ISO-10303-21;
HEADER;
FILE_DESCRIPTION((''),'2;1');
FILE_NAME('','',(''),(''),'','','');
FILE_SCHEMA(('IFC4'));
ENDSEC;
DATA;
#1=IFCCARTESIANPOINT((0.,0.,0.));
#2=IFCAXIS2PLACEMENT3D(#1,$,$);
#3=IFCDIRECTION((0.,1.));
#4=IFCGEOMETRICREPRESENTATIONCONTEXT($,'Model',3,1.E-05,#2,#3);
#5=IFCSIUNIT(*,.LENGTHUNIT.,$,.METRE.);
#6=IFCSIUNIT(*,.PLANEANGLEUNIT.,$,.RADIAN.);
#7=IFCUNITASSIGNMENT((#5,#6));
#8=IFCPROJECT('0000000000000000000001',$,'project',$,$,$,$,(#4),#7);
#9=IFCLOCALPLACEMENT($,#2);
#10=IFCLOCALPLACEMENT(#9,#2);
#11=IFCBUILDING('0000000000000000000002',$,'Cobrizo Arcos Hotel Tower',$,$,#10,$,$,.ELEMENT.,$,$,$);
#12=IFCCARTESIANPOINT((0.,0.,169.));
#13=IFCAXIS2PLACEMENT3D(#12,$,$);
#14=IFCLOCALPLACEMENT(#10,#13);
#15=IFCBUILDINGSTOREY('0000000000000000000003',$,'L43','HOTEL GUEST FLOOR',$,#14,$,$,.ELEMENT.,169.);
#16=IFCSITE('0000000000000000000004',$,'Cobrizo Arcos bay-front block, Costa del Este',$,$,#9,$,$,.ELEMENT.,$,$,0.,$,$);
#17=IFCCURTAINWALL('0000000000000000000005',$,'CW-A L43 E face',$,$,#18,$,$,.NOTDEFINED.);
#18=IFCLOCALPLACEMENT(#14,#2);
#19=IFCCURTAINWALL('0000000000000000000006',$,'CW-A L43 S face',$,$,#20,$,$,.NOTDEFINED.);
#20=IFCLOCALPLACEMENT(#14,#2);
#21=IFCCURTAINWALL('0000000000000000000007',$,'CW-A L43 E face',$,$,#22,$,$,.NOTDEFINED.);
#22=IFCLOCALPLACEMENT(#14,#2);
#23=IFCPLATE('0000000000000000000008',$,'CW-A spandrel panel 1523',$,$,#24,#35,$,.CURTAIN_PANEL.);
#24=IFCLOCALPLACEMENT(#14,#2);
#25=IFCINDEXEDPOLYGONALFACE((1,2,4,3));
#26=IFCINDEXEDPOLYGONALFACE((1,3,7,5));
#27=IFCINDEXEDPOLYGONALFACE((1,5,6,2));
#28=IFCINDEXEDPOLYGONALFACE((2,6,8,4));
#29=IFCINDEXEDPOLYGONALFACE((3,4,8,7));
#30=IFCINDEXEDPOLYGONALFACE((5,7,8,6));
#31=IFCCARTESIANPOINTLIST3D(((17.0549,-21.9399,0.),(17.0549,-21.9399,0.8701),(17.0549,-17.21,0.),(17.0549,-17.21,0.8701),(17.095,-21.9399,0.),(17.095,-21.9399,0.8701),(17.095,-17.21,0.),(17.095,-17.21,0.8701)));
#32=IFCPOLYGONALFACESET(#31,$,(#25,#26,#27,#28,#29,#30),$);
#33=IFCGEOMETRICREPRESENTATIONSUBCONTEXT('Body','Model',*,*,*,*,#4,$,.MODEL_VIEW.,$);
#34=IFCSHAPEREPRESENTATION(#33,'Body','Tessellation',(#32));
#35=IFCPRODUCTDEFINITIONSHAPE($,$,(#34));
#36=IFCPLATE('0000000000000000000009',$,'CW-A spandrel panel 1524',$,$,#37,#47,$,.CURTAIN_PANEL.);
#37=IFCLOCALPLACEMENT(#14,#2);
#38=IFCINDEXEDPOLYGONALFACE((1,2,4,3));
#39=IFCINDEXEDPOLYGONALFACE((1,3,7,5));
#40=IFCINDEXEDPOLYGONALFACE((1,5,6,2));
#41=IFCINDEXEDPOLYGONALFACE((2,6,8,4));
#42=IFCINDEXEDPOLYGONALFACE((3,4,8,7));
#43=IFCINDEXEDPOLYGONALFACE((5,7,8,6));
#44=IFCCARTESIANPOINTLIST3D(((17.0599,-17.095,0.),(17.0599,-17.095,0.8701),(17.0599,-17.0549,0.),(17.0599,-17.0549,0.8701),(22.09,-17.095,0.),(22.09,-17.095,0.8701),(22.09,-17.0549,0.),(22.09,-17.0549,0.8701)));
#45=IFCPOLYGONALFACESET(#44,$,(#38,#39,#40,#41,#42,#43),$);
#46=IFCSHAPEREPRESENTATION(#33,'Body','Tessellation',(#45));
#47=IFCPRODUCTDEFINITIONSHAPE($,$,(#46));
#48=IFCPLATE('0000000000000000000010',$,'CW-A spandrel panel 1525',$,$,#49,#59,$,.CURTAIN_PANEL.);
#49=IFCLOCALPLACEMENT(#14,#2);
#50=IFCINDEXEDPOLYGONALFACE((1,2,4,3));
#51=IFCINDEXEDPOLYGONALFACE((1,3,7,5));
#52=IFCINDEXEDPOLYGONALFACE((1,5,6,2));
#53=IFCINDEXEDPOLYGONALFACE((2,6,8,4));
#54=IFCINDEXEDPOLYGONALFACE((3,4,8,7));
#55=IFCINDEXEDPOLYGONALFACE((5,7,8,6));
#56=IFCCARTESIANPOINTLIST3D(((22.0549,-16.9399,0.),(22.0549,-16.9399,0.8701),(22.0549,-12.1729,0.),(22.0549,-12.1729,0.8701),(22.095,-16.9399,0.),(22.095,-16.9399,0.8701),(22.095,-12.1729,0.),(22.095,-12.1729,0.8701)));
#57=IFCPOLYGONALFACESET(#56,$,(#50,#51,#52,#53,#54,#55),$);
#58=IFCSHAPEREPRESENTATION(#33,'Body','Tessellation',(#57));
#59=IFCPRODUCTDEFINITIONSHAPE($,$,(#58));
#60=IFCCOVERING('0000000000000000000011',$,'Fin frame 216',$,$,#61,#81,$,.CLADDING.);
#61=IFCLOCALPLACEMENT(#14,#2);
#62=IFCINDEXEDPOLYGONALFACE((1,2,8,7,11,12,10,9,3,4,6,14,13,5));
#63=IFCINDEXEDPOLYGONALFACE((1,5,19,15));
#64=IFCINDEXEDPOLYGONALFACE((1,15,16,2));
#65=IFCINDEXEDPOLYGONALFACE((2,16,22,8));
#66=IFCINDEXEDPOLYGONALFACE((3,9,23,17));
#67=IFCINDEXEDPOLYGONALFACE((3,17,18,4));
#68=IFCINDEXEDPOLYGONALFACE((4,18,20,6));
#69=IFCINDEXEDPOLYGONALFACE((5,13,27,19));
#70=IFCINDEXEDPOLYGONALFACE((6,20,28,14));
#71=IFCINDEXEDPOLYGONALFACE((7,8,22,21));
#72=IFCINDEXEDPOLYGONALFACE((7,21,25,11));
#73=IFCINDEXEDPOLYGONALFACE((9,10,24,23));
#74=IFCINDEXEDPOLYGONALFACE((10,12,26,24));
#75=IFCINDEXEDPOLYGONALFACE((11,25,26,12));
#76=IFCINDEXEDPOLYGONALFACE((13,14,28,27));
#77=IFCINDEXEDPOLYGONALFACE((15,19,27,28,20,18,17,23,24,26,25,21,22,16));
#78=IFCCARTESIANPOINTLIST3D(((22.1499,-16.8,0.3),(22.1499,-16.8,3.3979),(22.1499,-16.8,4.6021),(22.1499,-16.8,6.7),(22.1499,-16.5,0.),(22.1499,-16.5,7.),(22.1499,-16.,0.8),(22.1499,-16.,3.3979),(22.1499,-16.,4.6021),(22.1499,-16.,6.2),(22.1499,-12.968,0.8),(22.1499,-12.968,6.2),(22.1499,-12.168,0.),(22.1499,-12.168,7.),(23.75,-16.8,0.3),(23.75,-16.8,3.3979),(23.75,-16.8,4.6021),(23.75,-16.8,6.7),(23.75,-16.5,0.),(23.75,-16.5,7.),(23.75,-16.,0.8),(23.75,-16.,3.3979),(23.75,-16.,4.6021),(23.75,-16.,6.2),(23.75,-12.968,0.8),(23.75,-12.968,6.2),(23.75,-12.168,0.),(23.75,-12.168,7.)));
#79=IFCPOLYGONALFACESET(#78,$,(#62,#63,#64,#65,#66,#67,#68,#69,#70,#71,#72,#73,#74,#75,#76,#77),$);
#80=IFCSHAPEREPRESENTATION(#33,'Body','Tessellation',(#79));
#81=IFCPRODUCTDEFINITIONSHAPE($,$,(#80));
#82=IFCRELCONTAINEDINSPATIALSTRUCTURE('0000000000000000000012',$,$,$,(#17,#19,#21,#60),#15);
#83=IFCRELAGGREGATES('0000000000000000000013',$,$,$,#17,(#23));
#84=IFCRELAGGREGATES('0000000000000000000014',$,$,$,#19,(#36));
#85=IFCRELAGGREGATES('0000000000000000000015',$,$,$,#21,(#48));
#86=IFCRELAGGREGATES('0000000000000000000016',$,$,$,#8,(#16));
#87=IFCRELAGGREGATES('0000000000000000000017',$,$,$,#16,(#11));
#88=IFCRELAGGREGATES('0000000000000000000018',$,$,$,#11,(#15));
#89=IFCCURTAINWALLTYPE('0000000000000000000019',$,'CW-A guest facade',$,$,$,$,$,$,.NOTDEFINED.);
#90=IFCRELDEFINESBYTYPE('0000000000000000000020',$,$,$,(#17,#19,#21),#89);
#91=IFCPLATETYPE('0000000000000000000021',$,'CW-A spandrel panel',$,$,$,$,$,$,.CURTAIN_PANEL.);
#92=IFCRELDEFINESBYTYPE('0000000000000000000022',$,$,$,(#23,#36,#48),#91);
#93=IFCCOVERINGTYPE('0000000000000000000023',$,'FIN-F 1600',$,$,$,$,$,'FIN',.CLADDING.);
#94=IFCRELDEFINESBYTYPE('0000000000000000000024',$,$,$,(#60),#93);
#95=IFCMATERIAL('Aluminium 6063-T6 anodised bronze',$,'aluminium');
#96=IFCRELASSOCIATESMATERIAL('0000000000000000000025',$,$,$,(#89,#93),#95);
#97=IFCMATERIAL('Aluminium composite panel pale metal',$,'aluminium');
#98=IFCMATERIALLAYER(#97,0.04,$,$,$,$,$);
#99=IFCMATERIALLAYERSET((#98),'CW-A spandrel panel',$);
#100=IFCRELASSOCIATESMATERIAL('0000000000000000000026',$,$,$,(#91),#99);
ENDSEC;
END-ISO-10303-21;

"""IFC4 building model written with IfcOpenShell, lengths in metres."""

from ifc_helpers import new_model, si_unit, direction, frame, origin, origin_2d, place, context, subcontext, project, spatial, polyline, rectangle, outline, extrude, material, layer, layer_set, type_object, element, aggregate, save


model = new_model("IFC4")

# Units and contexts
model_context = context("Model", 3, precision=1e-05, world=origin(), true_north=direction((0.0, 1.0)))
body_context = subcontext(model_context, "Body", "Model", "MODEL_VIEW")
ifc_project = project(units=[si_unit("LENGTHUNIT", "METRE"), si_unit("PLANEANGLEUNIT", "RADIAN")], contexts=[model_context])

# Site, building, storey
site_placement = place(None, origin())
site = spatial("IfcSite", under=ifc_project, at=site_placement, Name="Cobrizo Arcos bay-front block, Costa del Este", CompositionType="ELEMENT", RefElevation=0.0)
building_placement = place(site_placement, origin())
building = spatial("IfcBuilding", under=site, at=building_placement, Name="Cobrizo Arcos Hotel Tower", CompositionType="ELEMENT")
storey_placement = place(building_placement, frame((0.0, 0.0, 169.0)))
storey = spatial("IfcBuildingStorey", under=building, at=storey_placement, Name="L43", Description="HOTEL GUEST FLOOR", CompositionType="ELEMENT", Elevation=169.0)

# Shared definitions
ifc_material_1 = material(Name="Aluminium 6063-T6 anodised bronze", Category="aluminium")
curtain_wall_type = type_object("IfcCurtainWallType", Name="CW-A guest facade", PredefinedType="NOTDEFINED", material=ifc_material_1)

# Curtain walls
curtain_wall_1_placement = place(storey_placement, origin())
curtain_wall_1 = element("IfcCurtainWall", 1, at=curtain_wall_1_placement, inside=storey, type_object=curtain_wall_type, Name="CW-A L43 E face", PredefinedType="NOTDEFINED")
curtain_wall_2_placement = place(storey_placement, origin())
curtain_wall_2 = element("IfcCurtainWall", 2, at=curtain_wall_2_placement, inside=storey, type_object=curtain_wall_type, Name="CW-A L43 S face", PredefinedType="NOTDEFINED")

# Curtain wall
curtain_wall_3_placement = place(storey_placement, origin())
curtain_wall_3 = element("IfcCurtainWall", 3, at=curtain_wall_3_placement, inside=storey, type_object=curtain_wall_type, Name="CW-A L43 E face", PredefinedType="NOTDEFINED")

# Plates
ifc_material_2 = material(Name="Aluminium composite panel pale metal", Category="aluminium")
ifc_layer_1 = layer(ifc_material_2, 0.04)
ifc_layer_set_1 = layer_set([ifc_layer_1], Name="CW-A spandrel panel")
plate_type_1 = type_object("IfcPlateType", Name="CW-A spandrel panel", PredefinedType="CURTAIN_PANEL", material=ifc_layer_set_1)
plate_1_placement = place(storey_placement, frame((17.075, -19.575, 0.0), z_axis=(0.0, 0.0, 1.0), x_axis=(0.0, 1.0, 0.0)))
plate_1 = element("IfcPlate", 4, at=plate_1_placement, type_object=plate_type_1, Name="CW-A spandrel panel 1523", PredefinedType="CURTAIN_PANEL", context=body_context, shape_type="SweptSolid", body=[
    extrude(rectangle(XDim=4.73, YDim=0.04, at=origin_2d()), origin(), (0.0, 0.0, 1.0), 0.8701),
])
aggregate(curtain_wall_1, [plate_1])
plate_2_placement = place(storey_placement, frame((19.575, -17.075, 0.0), z_axis=(0.0, 0.0, 1.0), x_axis=(1.0, 0.0, 0.0)))
plate_2 = element("IfcPlate", 5, at=plate_2_placement, type_object=plate_type_1, Name="CW-A spandrel panel 1524", PredefinedType="CURTAIN_PANEL", context=body_context, shape_type="SweptSolid", body=[
    extrude(rectangle(XDim=5.03, YDim=0.04, at=origin_2d()), origin(), (0.0, 0.0, 1.0), 0.8701),
])
aggregate(curtain_wall_2, [plate_2])
plate_3_placement = place(storey_placement, frame((22.075, -14.5564, 0.0), z_axis=(0.0, 0.0, 1.0), x_axis=(0.0, 1.0, 0.0)))
plate_3 = element("IfcPlate", 6, at=plate_3_placement, type_object=plate_type_1, Name="CW-A spandrel panel 1525", PredefinedType="CURTAIN_PANEL", context=body_context, shape_type="SweptSolid", body=[
    extrude(rectangle(XDim=4.7671, YDim=0.04, at=origin_2d()), origin(), (0.0, 0.0, 1.0), 0.8701),
])
aggregate(curtain_wall_3, [plate_3])

# Covering
covering_type = type_object("IfcCoveringType", Name="FIN-F 1600", ElementType="FIN", PredefinedType="CLADDING", material=ifc_material_1)
covering_placement = place(storey_placement, frame((22.1499, -16.8, 0.0), z_axis=(1.0, 0.0, 0.0), x_axis=(0.0, 1.0, 0.0)))
element("IfcCovering", 7, at=covering_placement, inside=storey, type_object=covering_type, Name="Fin frame 216", PredefinedType="CLADDING", context=body_context, shape_type="SweptSolid", body=[
    extrude(outline(polyline([(0.0, 6.7), (0.0, 4.6021), (0.8, 4.6021), (0.8, 6.2), (3.832, 6.2), (3.832, 0.8), (0.8, 0.8), (0.8, 3.3979), (0.0, 3.3979), (0.0, 0.3), (0.3, 0.0), (4.6321, 0.0), (4.6321, 7.0), (0.3, 7.0), (0.0, 6.7)])), origin(), (0.0, 0.0, 1.0), 1.6001),
])

save(model, "model.ifc")
